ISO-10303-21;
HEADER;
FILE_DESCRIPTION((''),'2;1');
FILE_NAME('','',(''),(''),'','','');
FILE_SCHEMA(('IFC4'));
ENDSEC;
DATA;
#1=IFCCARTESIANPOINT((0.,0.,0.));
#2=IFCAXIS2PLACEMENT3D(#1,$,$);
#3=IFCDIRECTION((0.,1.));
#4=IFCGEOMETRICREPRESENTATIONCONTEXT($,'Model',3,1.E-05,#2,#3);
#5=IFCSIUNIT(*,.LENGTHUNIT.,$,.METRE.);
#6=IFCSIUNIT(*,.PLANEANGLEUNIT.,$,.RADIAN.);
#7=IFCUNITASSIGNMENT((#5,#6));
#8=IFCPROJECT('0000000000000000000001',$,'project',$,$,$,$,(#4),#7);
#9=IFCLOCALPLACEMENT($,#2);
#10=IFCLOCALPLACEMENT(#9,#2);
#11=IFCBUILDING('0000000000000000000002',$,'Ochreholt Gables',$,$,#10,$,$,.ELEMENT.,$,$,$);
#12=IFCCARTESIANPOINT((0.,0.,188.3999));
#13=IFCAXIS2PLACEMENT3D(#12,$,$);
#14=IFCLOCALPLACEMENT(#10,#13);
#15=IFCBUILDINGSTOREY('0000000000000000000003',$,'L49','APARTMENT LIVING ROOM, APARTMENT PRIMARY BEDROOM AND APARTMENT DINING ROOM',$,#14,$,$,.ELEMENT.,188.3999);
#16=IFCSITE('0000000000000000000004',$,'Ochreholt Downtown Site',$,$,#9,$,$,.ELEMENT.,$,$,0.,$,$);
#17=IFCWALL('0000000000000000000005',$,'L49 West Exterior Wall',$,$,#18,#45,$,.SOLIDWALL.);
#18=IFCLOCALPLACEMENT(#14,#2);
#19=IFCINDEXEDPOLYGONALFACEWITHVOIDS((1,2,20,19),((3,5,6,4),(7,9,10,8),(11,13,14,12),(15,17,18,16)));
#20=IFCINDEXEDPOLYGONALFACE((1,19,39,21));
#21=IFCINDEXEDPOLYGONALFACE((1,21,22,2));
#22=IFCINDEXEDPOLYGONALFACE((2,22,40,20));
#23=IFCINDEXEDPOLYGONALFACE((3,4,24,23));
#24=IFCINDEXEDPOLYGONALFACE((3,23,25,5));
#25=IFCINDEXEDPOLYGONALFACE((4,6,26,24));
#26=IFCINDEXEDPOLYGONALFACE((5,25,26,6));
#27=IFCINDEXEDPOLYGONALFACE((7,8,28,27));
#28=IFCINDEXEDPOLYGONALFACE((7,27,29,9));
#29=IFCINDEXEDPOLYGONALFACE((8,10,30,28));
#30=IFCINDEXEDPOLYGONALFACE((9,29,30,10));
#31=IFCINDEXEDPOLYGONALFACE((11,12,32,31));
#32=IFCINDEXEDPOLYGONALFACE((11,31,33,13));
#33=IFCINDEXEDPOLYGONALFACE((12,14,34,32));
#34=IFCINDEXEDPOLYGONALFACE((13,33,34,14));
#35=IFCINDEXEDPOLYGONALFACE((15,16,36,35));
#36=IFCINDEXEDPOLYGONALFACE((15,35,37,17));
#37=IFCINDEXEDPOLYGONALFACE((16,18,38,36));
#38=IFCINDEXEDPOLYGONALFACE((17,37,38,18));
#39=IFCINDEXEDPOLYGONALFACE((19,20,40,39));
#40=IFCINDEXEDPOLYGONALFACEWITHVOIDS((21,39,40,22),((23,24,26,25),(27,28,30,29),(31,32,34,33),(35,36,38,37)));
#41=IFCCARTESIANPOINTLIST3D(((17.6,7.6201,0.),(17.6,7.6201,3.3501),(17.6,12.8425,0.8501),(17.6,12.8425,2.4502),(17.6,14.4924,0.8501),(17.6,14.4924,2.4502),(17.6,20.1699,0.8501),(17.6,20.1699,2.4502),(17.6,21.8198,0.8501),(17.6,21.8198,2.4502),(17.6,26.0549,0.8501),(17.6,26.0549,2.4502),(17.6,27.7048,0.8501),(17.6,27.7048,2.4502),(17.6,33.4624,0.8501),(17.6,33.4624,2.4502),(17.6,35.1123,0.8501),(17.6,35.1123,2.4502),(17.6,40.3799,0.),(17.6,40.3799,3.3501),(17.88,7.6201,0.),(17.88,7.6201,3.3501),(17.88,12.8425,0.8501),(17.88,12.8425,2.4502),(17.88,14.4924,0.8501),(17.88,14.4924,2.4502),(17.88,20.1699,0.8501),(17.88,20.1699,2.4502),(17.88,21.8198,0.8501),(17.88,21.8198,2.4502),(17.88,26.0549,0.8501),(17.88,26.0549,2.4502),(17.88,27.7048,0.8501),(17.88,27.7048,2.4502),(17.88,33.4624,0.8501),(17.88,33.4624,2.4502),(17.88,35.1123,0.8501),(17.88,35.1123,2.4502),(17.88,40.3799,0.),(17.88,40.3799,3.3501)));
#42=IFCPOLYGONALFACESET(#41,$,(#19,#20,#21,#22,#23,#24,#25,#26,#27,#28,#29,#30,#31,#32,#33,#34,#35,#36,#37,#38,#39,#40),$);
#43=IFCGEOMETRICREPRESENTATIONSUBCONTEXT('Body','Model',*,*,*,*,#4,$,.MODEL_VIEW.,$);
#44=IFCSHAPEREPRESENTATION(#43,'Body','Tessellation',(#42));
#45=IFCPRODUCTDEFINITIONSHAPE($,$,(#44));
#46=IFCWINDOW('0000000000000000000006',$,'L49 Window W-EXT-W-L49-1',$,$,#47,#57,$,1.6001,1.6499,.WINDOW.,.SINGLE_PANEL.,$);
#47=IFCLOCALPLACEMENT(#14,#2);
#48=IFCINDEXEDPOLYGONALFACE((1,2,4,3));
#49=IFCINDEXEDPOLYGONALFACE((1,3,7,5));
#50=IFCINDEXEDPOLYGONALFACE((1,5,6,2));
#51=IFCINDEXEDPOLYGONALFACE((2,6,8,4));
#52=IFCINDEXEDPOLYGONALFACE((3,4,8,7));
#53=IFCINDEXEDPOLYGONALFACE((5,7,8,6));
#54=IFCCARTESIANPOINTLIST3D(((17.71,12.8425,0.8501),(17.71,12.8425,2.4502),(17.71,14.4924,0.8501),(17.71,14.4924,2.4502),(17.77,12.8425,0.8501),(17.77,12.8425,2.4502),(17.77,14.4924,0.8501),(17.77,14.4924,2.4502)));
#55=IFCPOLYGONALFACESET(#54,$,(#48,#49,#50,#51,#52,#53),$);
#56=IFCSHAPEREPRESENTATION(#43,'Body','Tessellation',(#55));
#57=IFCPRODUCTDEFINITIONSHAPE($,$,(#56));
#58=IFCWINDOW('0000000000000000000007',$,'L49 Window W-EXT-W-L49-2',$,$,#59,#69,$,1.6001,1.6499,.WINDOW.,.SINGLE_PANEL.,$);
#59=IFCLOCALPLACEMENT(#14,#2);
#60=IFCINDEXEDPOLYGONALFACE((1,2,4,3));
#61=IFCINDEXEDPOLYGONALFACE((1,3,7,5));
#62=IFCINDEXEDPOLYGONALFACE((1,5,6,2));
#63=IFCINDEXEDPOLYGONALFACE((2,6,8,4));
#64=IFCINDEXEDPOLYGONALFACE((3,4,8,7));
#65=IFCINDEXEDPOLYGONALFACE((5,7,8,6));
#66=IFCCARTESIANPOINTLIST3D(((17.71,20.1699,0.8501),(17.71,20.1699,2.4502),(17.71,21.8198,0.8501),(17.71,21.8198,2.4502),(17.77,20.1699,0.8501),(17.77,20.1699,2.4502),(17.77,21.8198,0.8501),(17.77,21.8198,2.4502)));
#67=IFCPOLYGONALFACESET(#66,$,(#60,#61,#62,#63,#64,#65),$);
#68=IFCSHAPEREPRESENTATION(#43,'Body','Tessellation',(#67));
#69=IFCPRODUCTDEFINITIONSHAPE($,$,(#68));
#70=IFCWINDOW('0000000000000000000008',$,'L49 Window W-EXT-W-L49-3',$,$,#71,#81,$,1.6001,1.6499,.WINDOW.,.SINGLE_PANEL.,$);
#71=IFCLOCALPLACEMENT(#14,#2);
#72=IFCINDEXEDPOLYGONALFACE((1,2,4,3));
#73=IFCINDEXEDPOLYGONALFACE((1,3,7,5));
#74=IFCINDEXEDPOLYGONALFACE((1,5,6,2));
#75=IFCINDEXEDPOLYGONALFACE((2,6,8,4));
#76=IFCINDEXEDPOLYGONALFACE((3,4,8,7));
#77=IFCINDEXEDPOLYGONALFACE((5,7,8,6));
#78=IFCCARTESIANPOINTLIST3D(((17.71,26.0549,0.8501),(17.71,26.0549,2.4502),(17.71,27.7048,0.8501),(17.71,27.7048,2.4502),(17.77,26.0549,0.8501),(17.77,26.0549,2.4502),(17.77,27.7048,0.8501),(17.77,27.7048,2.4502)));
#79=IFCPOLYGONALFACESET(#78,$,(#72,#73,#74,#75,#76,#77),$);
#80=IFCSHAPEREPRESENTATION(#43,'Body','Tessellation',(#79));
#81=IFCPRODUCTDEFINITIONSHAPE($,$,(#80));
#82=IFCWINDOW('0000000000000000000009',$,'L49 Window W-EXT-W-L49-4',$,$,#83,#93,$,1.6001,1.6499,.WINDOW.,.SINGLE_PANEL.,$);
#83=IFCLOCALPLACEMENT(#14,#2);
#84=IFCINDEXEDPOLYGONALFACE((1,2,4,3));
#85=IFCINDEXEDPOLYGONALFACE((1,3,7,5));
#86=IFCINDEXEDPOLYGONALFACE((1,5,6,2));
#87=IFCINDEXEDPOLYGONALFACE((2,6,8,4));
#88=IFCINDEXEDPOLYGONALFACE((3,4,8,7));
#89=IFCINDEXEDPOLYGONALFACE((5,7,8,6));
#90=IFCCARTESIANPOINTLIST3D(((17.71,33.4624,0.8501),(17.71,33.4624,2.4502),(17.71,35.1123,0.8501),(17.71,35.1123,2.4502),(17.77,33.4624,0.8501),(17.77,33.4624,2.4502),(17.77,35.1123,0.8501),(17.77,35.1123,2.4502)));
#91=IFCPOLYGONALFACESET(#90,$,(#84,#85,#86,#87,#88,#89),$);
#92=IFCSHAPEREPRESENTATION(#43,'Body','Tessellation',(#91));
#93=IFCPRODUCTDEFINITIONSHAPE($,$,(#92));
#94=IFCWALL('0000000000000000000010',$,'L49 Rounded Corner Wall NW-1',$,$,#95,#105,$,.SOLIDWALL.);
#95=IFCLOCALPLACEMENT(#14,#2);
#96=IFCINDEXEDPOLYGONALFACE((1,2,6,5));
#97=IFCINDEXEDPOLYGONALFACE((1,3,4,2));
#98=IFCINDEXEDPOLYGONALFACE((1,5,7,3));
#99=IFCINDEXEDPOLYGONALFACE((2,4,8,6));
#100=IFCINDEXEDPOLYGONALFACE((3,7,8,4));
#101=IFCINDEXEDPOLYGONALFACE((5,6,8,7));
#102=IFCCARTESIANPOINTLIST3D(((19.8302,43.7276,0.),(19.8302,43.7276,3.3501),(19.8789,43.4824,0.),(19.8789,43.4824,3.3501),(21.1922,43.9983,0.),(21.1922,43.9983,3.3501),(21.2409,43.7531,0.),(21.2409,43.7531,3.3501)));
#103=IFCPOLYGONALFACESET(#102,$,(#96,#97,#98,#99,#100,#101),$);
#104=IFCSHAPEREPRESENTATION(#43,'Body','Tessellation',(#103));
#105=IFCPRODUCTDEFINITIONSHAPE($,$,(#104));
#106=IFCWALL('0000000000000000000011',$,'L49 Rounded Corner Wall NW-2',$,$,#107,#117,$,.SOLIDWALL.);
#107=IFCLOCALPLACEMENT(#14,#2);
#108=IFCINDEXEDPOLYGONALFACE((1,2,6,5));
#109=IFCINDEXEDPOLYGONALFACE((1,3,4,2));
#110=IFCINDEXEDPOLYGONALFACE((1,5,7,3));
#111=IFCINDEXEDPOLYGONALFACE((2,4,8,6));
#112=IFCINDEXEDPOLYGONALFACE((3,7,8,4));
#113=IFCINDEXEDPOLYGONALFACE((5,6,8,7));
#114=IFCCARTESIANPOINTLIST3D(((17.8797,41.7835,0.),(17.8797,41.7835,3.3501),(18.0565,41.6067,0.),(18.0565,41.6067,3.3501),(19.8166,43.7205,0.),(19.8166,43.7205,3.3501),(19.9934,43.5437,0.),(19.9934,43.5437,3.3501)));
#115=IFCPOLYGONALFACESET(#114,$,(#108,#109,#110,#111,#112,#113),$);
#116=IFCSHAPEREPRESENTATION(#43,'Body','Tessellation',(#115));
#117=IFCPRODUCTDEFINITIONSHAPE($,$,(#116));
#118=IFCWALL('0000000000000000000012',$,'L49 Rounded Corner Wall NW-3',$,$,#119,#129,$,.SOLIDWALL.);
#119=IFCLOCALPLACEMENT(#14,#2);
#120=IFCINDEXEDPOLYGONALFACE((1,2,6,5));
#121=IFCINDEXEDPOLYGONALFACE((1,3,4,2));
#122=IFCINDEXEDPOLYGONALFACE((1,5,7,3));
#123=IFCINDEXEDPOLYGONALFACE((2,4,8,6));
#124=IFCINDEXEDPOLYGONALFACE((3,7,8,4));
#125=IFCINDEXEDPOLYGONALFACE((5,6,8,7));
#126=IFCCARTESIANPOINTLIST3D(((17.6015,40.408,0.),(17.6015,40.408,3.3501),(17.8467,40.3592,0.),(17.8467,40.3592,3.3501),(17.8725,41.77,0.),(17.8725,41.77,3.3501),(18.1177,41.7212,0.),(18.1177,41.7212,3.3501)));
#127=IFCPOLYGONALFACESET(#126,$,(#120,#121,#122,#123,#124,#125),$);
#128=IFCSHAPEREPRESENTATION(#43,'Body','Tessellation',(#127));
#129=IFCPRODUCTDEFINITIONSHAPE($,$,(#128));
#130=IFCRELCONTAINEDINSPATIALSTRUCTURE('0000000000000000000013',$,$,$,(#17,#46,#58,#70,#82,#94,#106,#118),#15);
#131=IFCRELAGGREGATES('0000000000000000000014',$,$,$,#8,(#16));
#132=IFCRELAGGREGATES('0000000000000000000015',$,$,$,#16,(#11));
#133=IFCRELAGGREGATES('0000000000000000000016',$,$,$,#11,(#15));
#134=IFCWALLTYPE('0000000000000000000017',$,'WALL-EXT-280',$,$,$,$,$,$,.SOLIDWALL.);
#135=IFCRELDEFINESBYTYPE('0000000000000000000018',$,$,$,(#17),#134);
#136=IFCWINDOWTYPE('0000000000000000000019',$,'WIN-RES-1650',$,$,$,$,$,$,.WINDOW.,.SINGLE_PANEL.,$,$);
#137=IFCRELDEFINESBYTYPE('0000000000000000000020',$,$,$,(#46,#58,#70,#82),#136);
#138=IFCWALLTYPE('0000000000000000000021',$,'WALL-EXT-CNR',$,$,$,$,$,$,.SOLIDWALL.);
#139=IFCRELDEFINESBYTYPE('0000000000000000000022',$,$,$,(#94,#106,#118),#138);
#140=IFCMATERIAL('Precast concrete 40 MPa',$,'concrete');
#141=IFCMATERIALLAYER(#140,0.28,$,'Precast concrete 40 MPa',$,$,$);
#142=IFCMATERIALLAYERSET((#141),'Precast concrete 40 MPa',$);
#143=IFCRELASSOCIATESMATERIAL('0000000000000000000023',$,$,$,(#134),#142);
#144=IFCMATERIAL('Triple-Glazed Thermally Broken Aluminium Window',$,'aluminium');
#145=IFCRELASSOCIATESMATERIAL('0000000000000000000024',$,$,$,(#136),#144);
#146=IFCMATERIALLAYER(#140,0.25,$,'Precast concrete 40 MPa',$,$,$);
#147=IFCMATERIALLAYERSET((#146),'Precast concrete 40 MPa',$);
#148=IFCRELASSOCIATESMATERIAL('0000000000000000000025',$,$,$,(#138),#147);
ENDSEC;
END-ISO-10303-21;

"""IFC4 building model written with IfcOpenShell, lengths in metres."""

from ifc_helpers import new_model, si_unit, direction, frame, frame_2d, origin, place, context, subcontext, project, spatial, rectangle, extrude, material, layer, layer_set, type_object, element, fill, save


model = new_model("IFC4")

# Units and contexts
model_context = context("Model", 3, precision=1e-05, world=origin(), true_north=direction((0.0, 1.0)))
body_context = subcontext(model_context, "Body", "Model", "MODEL_VIEW")
ifc_project = project(units=[si_unit("LENGTHUNIT", "METRE"), si_unit("PLANEANGLEUNIT", "RADIAN")], contexts=[model_context])

# Site, building, storey
site_placement = place(None, origin())
site = spatial("IfcSite", under=ifc_project, at=site_placement, Name="Ochreholt Downtown Site", CompositionType="ELEMENT", RefElevation=0.0)
building_placement = place(site_placement, origin())
building = spatial("IfcBuilding", under=site, at=building_placement, Name="Ochreholt Gables", CompositionType="ELEMENT")
storey_placement = place(building_placement, frame((0.0, 0.0, 188.3999)))
storey = spatial("IfcBuildingStorey", under=building, at=storey_placement, Name="L49", Description="APARTMENT LIVING ROOM, APARTMENT PRIMARY BEDROOM AND APARTMENT DINING ROOM", CompositionType="ELEMENT", Elevation=188.3999)

# Wall, openings, windows
ifc_material_1 = material(Name="Precast concrete 40 MPa", Category="concrete")
ifc_layer_1 = layer(ifc_material_1, 0.28, Name="Precast concrete 40 MPa")
ifc_layer_set_1 = layer_set([ifc_layer_1], Name="Precast concrete 40 MPa")
wall_type_1 = type_object("IfcWallType", Name="WALL-EXT-280", PredefinedType="SOLIDWALL", material=ifc_layer_set_1)
wall_1_placement = place(storey_placement, frame((17.74, 40.3799, 0.0), z_axis=(0.0, 0.0, 1.0), x_axis=(0.0, -1.0, 0.0)))
wall_1 = element("IfcWall", 1, at=wall_1_placement, inside=storey, type_object=wall_type_1, Name="L49 West Exterior Wall", PredefinedType="SOLIDWALL", context=body_context, shape_type="SweptSolid", body=[
    extrude(rectangle(XDim=32.7598, YDim=0.28, at=frame_2d((16.3799, 0.0))), origin(), (0.0, 0.0, 1.0), 3.3501),
])
opening_1_placement = place(wall_1_placement, frame((25.8875, 0.0, 0.8501)))
opening_1 = element("IfcOpeningElement", 2, at=opening_1_placement, cuts=wall_1, PredefinedType="OPENING", context=body_context, shape_type="SweptSolid", body=[
    extrude(rectangle(XDim=1.6499, YDim=1.6001, at=frame_2d((0.825, 0.8))), frame((0.0, 0.1499, 0.0), z_axis=(0.0, -1.0, 0.0), x_axis=(1.0, 0.0, 0.0)), (0.0, 0.0, 1.0), 0.3),
])
opening_2_placement = place(wall_1_placement, frame((18.5601, 0.0, 0.8501)))
opening_2 = element("IfcOpeningElement", 3, at=opening_2_placement, cuts=wall_1, PredefinedType="OPENING", context=body_context, shape_type="SweptSolid", body=[
    extrude(rectangle(XDim=1.6499, YDim=1.6001, at=frame_2d((0.825, 0.8))), frame((0.0, 0.1499, 0.0), z_axis=(0.0, -1.0, 0.0), x_axis=(1.0, 0.0, 0.0)), (0.0, 0.0, 1.0), 0.3),
])
opening_3_placement = place(wall_1_placement, frame((12.675, 0.0, 0.8501)))
opening_3 = element("IfcOpeningElement", 4, at=opening_3_placement, cuts=wall_1, PredefinedType="OPENING", context=body_context, shape_type="SweptSolid", body=[
    extrude(rectangle(XDim=1.6499, YDim=1.6001, at=frame_2d((0.825, 0.8))), frame((0.0, 0.1499, 0.0), z_axis=(0.0, -1.0, 0.0), x_axis=(1.0, 0.0, 0.0)), (0.0, 0.0, 1.0), 0.3),
])
opening_4_placement = place(wall_1_placement, frame((5.2676, 0.0, 0.8501)))
opening_4 = element("IfcOpeningElement", 5, at=opening_4_placement, cuts=wall_1, PredefinedType="OPENING", context=body_context, shape_type="SweptSolid", body=[
    extrude(rectangle(XDim=1.6499, YDim=1.6001, at=frame_2d((0.825, 0.8))), frame((0.0, 0.1499, 0.0), z_axis=(0.0, -1.0, 0.0), x_axis=(1.0, 0.0, 0.0)), (0.0, 0.0, 1.0), 0.3),
])
ifc_material_2 = material(Name="Triple-Glazed Thermally Broken Aluminium Window", Category="aluminium")
window_type = type_object("IfcWindowType", Name="WIN-RES-1650", PartitioningType="SINGLE_PANEL", PredefinedType="WINDOW", material=ifc_material_2)
window_1_placement = place(opening_1_placement, origin())
window_1 = element("IfcWindow", 6, at=window_1_placement, inside=storey, type_object=window_type, Name="L49 Window W-EXT-W-L49-1", OverallHeight=1.6001, OverallWidth=1.6499, PartitioningType="SINGLE_PANEL", PredefinedType="WINDOW", context=body_context, shape_type="SweptSolid", body=[
    extrude(rectangle(XDim=1.6499, YDim=1.6001, at=frame_2d((0.825, 0.8))), frame((0.0, 0.03, 0.0), z_axis=(0.0, -1.0, 0.0), x_axis=(1.0, 0.0, 0.0)), (0.0, 0.0, 1.0), 0.0601),
])
fill(opening_1, window_1)
window_2_placement = place(opening_2_placement, origin())
window_2 = element("IfcWindow", 7, at=window_2_placement, inside=storey, type_object=window_type, Name="L49 Window W-EXT-W-L49-2", OverallHeight=1.6001, OverallWidth=1.6499, PartitioningType="SINGLE_PANEL", PredefinedType="WINDOW", context=body_context, shape_type="SweptSolid", body=[
    extrude(rectangle(XDim=1.6499, YDim=1.6001, at=frame_2d((0.825, 0.8))), frame((0.0, 0.03, 0.0), z_axis=(0.0, -1.0, 0.0), x_axis=(1.0, 0.0, 0.0)), (0.0, 0.0, 1.0), 0.0601),
])
fill(opening_2, window_2)
window_3_placement = place(opening_3_placement, origin())
window_3 = element("IfcWindow", 8, at=window_3_placement, inside=storey, type_object=window_type, Name="L49 Window W-EXT-W-L49-3", OverallHeight=1.6001, OverallWidth=1.6499, PartitioningType="SINGLE_PANEL", PredefinedType="WINDOW", context=body_context, shape_type="SweptSolid", body=[
    extrude(rectangle(XDim=1.6499, YDim=1.6001, at=frame_2d((0.825, 0.8))), frame((0.0, 0.03, 0.0), z_axis=(0.0, -1.0, 0.0), x_axis=(1.0, 0.0, 0.0)), (0.0, 0.0, 1.0), 0.0601),
])
fill(opening_3, window_3)
window_4_placement = place(opening_4_placement, origin())
window_4 = element("IfcWindow", 9, at=window_4_placement, inside=storey, type_object=window_type, Name="L49 Window W-EXT-W-L49-4", OverallHeight=1.6001, OverallWidth=1.6499, PartitioningType="SINGLE_PANEL", PredefinedType="WINDOW", context=body_context, shape_type="SweptSolid", body=[
    extrude(rectangle(XDim=1.6499, YDim=1.6001, at=frame_2d((0.825, 0.8))), frame((0.0, 0.03, 0.0), z_axis=(0.0, -1.0, 0.0), x_axis=(1.0, 0.0, 0.0)), (0.0, 0.0, 1.0), 0.0601),
])
fill(opening_4, window_4)

# Walls
ifc_layer_2 = layer(ifc_material_1, 0.25, Name="Precast concrete 40 MPa")
ifc_layer_set_2 = layer_set([ifc_layer_2], Name="Precast concrete 40 MPa")
wall_type_2 = type_object("IfcWallType", Name="WALL-EXT-CNR", PredefinedType="SOLIDWALL", material=ifc_layer_set_2)
wall_2_placement = place(storey_placement, frame((21.2166, 43.8757, 0.0), z_axis=(0.0, 0.0, 1.0), x_axis=(-0.98081, -0.194967, 0.0)))
element("IfcWall", 10, at=wall_2_placement, inside=storey, type_object=wall_type_2, Name="L49 Rounded Corner Wall NW-1", PredefinedType="SOLIDWALL", context=body_context, shape_type="SweptSolid", body=[
    extrude(rectangle(XDim=1.3887, YDim=0.25, at=frame_2d((0.6943, 0.0))), origin(), (0.0, 0.0, 1.0), 3.3501),
])
wall_3_placement = place(storey_placement, frame((19.905, 43.6321, 0.0), z_axis=(0.0, 0.0, 1.0), x_axis=(-0.707107, -0.707107, 0.0)))
element("IfcWall", 11, at=wall_3_placement, inside=storey, type_object=wall_type_2, Name="L49 Rounded Corner Wall NW-2", PredefinedType="SOLIDWALL", context=body_context, shape_type="SweptSolid", body=[
    extrude(rectangle(XDim=2.7393, YDim=0.25, at=frame_2d((1.3696, 0.0))), origin(), (0.0, 0.0, 1.0), 3.3501),
])
wall_4_placement = place(storey_placement, frame((17.9951, 41.7456, 0.0), z_axis=(0.0, 0.0, 1.0), x_axis=(-0.195136, -0.980776, 0.0)))
element("IfcWall", 12, at=wall_4_placement, inside=storey, type_object=wall_type_2, Name="L49 Rounded Corner Wall NW-3", PredefinedType="SOLIDWALL", context=body_context, shape_type="SweptSolid", body=[
    extrude(rectangle(XDim=1.3887, YDim=0.25, at=frame_2d((0.6943, 0.0))), origin(), (0.0, 0.0, 1.0), 3.3501),
])

save(model, "model.ifc")
